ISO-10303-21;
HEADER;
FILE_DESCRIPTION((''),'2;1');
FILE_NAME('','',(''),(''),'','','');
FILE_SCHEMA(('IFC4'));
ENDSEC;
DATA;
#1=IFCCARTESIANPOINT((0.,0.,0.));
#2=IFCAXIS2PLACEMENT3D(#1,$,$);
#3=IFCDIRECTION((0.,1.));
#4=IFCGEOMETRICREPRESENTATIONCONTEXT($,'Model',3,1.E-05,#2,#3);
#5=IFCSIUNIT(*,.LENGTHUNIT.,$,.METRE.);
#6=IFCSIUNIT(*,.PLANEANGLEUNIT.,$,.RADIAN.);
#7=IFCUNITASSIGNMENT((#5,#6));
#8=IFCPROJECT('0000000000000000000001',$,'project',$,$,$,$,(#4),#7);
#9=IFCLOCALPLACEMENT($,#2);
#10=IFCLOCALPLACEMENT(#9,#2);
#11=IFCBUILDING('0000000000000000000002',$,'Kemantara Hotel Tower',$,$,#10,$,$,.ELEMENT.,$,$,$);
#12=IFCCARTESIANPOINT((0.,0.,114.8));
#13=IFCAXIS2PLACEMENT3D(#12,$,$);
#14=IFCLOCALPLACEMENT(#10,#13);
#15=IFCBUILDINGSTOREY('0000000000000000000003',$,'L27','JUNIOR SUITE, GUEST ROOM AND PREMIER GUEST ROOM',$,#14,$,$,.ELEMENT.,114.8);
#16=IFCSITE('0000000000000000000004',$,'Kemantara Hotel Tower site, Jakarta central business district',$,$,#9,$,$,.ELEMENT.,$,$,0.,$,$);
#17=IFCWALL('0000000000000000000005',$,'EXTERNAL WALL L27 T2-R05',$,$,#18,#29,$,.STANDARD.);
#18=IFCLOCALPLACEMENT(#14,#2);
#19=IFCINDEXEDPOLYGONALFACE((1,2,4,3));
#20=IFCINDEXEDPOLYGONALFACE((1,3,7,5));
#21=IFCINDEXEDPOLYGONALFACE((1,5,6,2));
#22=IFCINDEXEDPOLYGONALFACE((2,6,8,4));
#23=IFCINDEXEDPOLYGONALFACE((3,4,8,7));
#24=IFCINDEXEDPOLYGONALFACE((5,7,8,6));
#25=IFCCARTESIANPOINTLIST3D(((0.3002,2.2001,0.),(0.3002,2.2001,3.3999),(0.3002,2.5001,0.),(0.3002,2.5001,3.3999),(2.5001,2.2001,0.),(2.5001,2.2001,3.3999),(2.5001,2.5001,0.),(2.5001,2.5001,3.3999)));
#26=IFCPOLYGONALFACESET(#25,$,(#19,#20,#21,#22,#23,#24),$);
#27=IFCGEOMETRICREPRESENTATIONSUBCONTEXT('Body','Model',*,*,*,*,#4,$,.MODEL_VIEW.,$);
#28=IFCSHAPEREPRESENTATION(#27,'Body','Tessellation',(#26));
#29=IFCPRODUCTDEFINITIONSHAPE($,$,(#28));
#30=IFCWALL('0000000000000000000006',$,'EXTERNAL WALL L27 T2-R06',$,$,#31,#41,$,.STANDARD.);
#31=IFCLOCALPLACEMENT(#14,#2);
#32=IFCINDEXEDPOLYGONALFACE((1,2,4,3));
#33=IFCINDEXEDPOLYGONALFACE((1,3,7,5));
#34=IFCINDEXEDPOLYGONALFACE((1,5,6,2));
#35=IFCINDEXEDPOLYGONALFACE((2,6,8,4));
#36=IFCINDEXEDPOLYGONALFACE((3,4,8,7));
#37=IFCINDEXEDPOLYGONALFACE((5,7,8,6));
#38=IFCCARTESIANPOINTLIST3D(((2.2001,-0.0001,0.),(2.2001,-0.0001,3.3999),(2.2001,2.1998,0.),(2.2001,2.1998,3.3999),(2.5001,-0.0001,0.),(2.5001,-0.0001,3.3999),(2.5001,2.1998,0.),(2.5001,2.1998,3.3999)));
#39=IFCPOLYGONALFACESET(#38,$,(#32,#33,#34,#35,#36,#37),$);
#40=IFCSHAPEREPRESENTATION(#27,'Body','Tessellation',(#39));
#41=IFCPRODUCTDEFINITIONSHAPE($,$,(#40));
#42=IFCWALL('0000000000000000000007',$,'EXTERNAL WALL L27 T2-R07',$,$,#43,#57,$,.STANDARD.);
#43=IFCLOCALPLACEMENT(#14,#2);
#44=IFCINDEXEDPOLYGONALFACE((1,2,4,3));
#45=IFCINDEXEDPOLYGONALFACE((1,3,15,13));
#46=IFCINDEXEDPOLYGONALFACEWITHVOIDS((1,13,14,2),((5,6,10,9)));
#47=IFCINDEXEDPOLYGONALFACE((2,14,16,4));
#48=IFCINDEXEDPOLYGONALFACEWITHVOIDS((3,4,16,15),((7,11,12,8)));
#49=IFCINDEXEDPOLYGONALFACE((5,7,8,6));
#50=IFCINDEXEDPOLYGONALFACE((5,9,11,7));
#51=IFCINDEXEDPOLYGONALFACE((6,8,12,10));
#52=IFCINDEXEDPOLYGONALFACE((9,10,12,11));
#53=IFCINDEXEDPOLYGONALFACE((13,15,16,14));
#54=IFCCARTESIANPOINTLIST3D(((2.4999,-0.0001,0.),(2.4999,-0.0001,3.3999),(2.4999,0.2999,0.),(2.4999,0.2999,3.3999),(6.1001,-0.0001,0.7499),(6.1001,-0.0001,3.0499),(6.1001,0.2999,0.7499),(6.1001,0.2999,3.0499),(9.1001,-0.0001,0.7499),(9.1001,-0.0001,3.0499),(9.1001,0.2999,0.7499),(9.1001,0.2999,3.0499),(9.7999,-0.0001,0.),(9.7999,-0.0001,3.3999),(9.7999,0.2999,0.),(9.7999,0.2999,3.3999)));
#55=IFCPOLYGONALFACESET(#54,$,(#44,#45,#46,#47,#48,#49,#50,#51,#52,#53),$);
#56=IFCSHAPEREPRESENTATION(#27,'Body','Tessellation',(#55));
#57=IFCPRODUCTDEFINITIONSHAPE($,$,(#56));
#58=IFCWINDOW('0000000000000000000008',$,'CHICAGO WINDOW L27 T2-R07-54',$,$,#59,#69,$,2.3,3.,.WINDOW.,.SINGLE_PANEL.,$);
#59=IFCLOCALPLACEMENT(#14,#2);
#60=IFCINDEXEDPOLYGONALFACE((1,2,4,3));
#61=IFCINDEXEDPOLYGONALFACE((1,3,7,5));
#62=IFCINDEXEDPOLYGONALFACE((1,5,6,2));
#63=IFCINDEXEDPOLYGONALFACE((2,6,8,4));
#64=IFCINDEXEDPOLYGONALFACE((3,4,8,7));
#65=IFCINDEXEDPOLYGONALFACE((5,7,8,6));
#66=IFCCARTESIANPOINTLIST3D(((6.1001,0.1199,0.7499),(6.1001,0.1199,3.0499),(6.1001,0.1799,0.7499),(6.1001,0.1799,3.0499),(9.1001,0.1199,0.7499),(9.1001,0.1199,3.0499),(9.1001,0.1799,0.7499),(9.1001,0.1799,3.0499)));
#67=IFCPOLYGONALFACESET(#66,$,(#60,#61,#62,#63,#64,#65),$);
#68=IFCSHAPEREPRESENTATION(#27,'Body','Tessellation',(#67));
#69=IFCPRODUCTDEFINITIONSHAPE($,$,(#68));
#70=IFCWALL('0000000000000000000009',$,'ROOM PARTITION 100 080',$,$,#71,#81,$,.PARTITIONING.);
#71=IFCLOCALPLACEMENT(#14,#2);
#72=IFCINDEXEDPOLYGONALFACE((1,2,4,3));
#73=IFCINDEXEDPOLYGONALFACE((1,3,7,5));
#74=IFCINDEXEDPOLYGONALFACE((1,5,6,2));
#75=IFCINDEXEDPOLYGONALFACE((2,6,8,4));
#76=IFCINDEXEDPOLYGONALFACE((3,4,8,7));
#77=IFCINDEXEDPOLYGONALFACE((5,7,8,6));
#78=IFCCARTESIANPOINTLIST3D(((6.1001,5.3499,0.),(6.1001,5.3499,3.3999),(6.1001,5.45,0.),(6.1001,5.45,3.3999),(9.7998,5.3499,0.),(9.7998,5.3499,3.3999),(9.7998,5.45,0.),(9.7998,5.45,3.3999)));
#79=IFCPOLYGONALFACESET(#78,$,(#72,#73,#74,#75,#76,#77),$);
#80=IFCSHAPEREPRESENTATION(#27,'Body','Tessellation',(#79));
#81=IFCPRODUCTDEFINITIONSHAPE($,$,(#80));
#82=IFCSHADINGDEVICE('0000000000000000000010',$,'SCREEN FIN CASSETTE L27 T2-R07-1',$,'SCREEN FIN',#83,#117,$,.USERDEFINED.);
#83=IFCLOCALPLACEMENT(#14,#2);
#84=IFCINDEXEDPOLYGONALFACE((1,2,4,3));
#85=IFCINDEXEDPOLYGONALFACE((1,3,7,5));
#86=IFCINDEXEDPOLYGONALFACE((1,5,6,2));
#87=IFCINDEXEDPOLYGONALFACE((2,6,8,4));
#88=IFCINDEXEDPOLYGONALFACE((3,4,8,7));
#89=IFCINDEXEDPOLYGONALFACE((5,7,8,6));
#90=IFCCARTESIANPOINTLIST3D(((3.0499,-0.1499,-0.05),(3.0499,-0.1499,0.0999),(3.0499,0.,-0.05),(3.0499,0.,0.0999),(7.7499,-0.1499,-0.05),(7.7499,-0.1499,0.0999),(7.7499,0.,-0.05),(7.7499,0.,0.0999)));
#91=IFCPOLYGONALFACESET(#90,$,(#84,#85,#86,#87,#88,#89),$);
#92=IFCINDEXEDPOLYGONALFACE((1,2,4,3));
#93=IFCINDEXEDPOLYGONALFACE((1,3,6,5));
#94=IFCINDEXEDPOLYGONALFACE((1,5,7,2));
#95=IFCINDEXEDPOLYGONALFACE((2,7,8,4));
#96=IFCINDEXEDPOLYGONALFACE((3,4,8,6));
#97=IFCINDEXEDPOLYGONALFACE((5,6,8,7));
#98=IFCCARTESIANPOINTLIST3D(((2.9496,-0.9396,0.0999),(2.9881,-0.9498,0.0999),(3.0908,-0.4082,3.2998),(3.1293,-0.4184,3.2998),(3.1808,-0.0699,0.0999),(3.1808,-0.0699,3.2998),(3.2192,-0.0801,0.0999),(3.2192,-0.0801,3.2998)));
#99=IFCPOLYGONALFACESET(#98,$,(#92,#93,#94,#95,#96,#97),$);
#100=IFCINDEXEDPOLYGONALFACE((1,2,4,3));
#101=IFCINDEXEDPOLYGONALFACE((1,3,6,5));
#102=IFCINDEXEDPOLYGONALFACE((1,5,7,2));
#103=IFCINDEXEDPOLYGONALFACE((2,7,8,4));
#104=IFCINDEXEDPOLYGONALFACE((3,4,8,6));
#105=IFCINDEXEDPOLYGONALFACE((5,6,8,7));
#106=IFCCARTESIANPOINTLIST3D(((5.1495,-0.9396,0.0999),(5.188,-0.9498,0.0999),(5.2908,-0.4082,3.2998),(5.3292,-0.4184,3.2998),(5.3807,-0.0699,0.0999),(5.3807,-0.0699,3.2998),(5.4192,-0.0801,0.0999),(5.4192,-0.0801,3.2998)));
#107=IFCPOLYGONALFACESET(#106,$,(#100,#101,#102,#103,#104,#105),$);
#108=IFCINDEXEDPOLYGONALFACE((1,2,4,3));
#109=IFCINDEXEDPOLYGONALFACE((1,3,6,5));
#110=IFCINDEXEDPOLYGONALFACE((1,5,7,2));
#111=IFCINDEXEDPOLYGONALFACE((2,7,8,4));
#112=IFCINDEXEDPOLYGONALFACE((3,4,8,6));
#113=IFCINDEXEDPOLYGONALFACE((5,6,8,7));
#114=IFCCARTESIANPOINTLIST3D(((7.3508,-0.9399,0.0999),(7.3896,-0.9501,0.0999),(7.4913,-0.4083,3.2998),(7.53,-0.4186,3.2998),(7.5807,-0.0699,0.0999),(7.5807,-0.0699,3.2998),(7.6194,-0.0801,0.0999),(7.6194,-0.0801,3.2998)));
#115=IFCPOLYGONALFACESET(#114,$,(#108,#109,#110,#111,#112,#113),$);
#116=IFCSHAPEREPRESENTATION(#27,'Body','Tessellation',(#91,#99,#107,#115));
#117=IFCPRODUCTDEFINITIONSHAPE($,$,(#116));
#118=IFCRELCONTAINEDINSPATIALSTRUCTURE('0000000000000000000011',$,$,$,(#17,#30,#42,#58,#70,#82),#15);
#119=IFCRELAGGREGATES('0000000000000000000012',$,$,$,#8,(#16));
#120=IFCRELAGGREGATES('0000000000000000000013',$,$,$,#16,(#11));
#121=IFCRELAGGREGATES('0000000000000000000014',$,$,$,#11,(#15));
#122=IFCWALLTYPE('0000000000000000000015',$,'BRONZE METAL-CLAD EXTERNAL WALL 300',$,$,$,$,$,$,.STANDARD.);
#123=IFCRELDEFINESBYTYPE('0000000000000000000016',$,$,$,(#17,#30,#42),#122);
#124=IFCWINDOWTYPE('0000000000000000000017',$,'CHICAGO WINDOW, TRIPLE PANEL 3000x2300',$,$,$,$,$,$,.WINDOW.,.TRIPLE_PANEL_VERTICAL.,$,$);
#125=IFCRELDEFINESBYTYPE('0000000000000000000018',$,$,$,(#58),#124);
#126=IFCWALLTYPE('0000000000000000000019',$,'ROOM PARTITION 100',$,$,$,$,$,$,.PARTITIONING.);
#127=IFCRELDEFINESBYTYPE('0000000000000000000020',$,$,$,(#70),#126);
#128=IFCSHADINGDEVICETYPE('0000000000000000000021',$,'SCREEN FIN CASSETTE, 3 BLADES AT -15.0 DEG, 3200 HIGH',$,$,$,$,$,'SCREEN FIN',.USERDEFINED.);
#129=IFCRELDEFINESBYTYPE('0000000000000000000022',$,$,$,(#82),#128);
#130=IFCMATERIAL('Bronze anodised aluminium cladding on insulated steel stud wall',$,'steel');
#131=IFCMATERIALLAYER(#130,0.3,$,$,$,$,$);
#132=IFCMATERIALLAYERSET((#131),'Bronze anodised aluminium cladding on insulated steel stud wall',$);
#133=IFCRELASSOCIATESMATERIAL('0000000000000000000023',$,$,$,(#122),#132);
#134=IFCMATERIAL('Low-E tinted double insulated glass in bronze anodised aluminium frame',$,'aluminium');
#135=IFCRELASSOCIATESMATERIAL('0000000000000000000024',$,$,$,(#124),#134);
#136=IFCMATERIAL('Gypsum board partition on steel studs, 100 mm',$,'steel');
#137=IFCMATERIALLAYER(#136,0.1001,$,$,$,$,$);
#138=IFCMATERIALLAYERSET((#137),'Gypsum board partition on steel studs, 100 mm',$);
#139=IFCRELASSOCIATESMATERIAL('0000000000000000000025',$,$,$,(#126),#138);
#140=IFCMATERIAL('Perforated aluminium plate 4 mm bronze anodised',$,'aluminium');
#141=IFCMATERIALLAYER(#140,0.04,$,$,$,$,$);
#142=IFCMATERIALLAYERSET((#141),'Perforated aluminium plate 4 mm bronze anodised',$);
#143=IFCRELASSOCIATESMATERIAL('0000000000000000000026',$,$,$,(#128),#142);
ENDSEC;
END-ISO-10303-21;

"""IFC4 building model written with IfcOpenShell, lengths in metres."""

from ifc_helpers import new_model, si_unit, direction, frame, frame_2d, origin, origin_2d, place, context, subcontext, project, spatial, polyline, rectangle, outline, extrude, source, transform, mapped, material, layer, layer_set, type_object, element, fill, save


model = new_model("IFC4")

# Units and contexts
model_context = context("Model", 3, precision=1e-05, world=origin(), true_north=direction((0.0, 1.0)))
body_context = subcontext(model_context, "Body", "Model", "MODEL_VIEW")
ifc_project = project(units=[si_unit("LENGTHUNIT", "METRE"), si_unit("PLANEANGLEUNIT", "RADIAN")], contexts=[model_context])

# Site, building, storey
site_placement = place(None, origin())
site = spatial("IfcSite", under=ifc_project, at=site_placement, Name="Kemantara Hotel Tower site, Jakarta central business district", CompositionType="ELEMENT", RefElevation=0.0)
building_placement = place(site_placement, origin())
building = spatial("IfcBuilding", under=site, at=building_placement, Name="Kemantara Hotel Tower", CompositionType="ELEMENT")
storey_placement = place(building_placement, frame((0.0, 0.0, 114.8)))
storey = spatial("IfcBuildingStorey", under=building, at=storey_placement, Name="L27", Description="JUNIOR SUITE, GUEST ROOM AND PREMIER GUEST ROOM", CompositionType="ELEMENT", Elevation=114.8)

# Walls
ifc_material_1 = material(Name="Bronze anodised aluminium cladding on insulated steel stud wall", Category="steel")
ifc_layer_1 = layer(ifc_material_1, 0.3)
ifc_layer_set_1 = layer_set([ifc_layer_1], Name="Bronze anodised aluminium cladding on insulated steel stud wall")
wall_type_1 = type_object("IfcWallType", Name="BRONZE METAL-CLAD EXTERNAL WALL 300", PredefinedType="STANDARD", material=ifc_layer_set_1)
for number, where, z_axis, x_axis, name in (
    (1, (0.3, 2.3501, 0.0), (0.0, 0.0, 1.0), (1.0, 0.0, 0.0), "EXTERNAL WALL L27 T2-R05"),
    (2, (2.3501, 2.2, 0.0), (0.0, 0.0, 1.0), (0.0, -1.0, 0.0), "EXTERNAL WALL L27 T2-R06"),
):
    element("IfcWall", number, at=place(storey_placement, frame(where, z_axis=z_axis, x_axis=x_axis)), inside=storey, type_object=wall_type_1, Name=name, PredefinedType="STANDARD", context=body_context, shape_type="SweptSolid", body=[
        extrude(rectangle(XDim=2.2, YDim=0.3, at=frame_2d((1.1001, 0.0))), origin(), (0.0, 0.0, 1.0), 3.3999),
    ])

# Wall, opening, window
wall_1_placement = place(storey_placement, frame((2.5, 0.1499, 0.0), z_axis=(0.0, 0.0, 1.0), x_axis=(1.0, 0.0, 0.0)))
wall_1 = element("IfcWall", 3, at=wall_1_placement, inside=storey, type_object=wall_type_1, Name="EXTERNAL WALL L27 T2-R07", PredefinedType="STANDARD", context=body_context, shape_type="SweptSolid", body=[
    extrude(rectangle(XDim=7.3, YDim=0.3, at=frame_2d((3.6499, 0.0))), origin(), (0.0, 0.0, 1.0), 3.3999),
])
opening_placement = place(wall_1_placement, frame((3.6001, 0.0, 0.75)))
opening = element("IfcOpeningElement", 4, at=opening_placement, cuts=wall_1, PredefinedType="OPENING", context=body_context, shape_type="SweptSolid", body=[
    extrude(rectangle(XDim=3.0, YDim=2.3, at=frame_2d((1.5, 1.1499))), frame((0.0, 0.1599, 0.0), z_axis=(0.0, -1.0, 0.0), x_axis=(1.0, 0.0, 0.0)), (0.0, 0.0, 1.0), 0.3201),
])
ifc_material_2 = material(Name="Low-E tinted double insulated glass in bronze anodised aluminium frame", Category="aluminium")
window_type = type_object("IfcWindowType", Name="CHICAGO WINDOW, TRIPLE PANEL 3000x2300", PartitioningType="TRIPLE_PANEL_VERTICAL", PredefinedType="WINDOW", material=ifc_material_2)
window_placement = place(opening_placement, origin())
window = element("IfcWindow", 5, at=window_placement, inside=storey, type_object=window_type, Name="CHICAGO WINDOW L27 T2-R07-54", OverallHeight=2.3, OverallWidth=3.0, PartitioningType="SINGLE_PANEL", PredefinedType="WINDOW", context=body_context, shape_type="SweptSolid", body=[
    extrude(rectangle(XDim=3.0, YDim=2.3, at=frame_2d((1.5, 1.1499))), frame((0.0, 0.03, 0.0), z_axis=(0.0, -1.0, 0.0), x_axis=(1.0, 0.0, 0.0)), (0.0, 0.0, 1.0), 0.0601),
])
fill(opening, window)

# Wall
ifc_material_3 = material(Name="Gypsum board partition on steel studs, 100 mm", Category="steel")
ifc_layer_2 = layer(ifc_material_3, 0.1001)
ifc_layer_set_2 = layer_set([ifc_layer_2], Name="Gypsum board partition on steel studs, 100 mm")
wall_type_2 = type_object("IfcWallType", Name="ROOM PARTITION 100", PredefinedType="PARTITIONING", material=ifc_layer_set_2)
wall_2_placement = place(storey_placement, frame((6.1001, 5.3999, 0.0), z_axis=(0.0, 0.0, 1.0), x_axis=(1.0, 0.0, 0.0)))
element("IfcWall", 6, at=wall_2_placement, inside=storey, type_object=wall_type_2, Name="ROOM PARTITION 100 080", PredefinedType="PARTITIONING", context=body_context, shape_type="SweptSolid", body=[
    extrude(rectangle(XDim=3.6997, YDim=0.1001, at=frame_2d((1.8499, 0.0))), origin(), (0.0, 0.0, 1.0), 3.3999),
])

# Shading device
ifc_material_4 = material(Name="Perforated aluminium plate 4 mm bronze anodised", Category="aluminium")
ifc_layer_3 = layer(ifc_material_4, 0.04)
ifc_layer_set_3 = layer_set([ifc_layer_3], Name="Perforated aluminium plate 4 mm bronze anodised")
shading_device_type = type_object("IfcShadingDeviceType", Name="SCREEN FIN CASSETTE, 3 BLADES AT -15.0 DEG, 3200 HIGH", ElementType="SCREEN FIN", PredefinedType="USERDEFINED", material=ifc_layer_set_3)
shared_shape = source(origin(), body_context, "Body", "SweptSolid", [
    extrude(rectangle(XDim=4.7, YDim=0.1499, at=origin_2d()), frame((2.2, -0.075, -0.1499), z_axis=(0.0, 0.0, 1.0), x_axis=(1.0, 0.0, 0.0)), (0.0, 0.0, 1.0), 0.1499),
    extrude(outline(polyline([(0.0, 0.0), (0.8999, 0.0), (0.3501, 3.2), (0.0, 3.2), (0.0, 0.0)])), frame((0.0193, -0.0801, 0.0), z_axis=(-0.966438, 0.256901, 0.0), x_axis=(-0.256901, -0.966438, 0.0)), (0.0, 0.0, 1.0), 0.0398),
    extrude(outline(polyline([(0.0, 0.0), (0.8999, 0.0), (0.3501, 3.2), (0.0, 3.2), (0.0, 0.0)])), frame((2.2192, -0.0801, 0.0), z_axis=(-0.966438, 0.256901, 0.0), x_axis=(-0.256901, -0.966438, 0.0)), (0.0, 0.0, 1.0), 0.0398),
    extrude(outline(polyline([(0.0, 0.0), (0.8999, 0.0), (0.3501, 3.2), (0.0, 3.2), (0.0, 0.0)])), frame((4.4194, -0.0801, 0.0), z_axis=(-0.966838, 0.255391, 0.0), x_axis=(-0.255391, -0.966838, 0.0)), (0.0, 0.0, 1.0), 0.04),
])
shading_device_placement = place(storey_placement, frame((3.2, 0.0, 0.0999), z_axis=(0.0, 0.0, 1.0), x_axis=(1.0, 0.0, 0.0)))
element("IfcShadingDevice", 7, at=shading_device_placement, inside=storey, type_object=shading_device_type, Name="SCREEN FIN CASSETTE L27 T2-R07-1", ObjectType="SCREEN FIN", PredefinedType="USERDEFINED", context=body_context, shape_type="MappedRepresentation", body=[
    mapped(shared_shape, transform((0.0, 0.0, 0.0))),
])

save(model, "model.ifc")
